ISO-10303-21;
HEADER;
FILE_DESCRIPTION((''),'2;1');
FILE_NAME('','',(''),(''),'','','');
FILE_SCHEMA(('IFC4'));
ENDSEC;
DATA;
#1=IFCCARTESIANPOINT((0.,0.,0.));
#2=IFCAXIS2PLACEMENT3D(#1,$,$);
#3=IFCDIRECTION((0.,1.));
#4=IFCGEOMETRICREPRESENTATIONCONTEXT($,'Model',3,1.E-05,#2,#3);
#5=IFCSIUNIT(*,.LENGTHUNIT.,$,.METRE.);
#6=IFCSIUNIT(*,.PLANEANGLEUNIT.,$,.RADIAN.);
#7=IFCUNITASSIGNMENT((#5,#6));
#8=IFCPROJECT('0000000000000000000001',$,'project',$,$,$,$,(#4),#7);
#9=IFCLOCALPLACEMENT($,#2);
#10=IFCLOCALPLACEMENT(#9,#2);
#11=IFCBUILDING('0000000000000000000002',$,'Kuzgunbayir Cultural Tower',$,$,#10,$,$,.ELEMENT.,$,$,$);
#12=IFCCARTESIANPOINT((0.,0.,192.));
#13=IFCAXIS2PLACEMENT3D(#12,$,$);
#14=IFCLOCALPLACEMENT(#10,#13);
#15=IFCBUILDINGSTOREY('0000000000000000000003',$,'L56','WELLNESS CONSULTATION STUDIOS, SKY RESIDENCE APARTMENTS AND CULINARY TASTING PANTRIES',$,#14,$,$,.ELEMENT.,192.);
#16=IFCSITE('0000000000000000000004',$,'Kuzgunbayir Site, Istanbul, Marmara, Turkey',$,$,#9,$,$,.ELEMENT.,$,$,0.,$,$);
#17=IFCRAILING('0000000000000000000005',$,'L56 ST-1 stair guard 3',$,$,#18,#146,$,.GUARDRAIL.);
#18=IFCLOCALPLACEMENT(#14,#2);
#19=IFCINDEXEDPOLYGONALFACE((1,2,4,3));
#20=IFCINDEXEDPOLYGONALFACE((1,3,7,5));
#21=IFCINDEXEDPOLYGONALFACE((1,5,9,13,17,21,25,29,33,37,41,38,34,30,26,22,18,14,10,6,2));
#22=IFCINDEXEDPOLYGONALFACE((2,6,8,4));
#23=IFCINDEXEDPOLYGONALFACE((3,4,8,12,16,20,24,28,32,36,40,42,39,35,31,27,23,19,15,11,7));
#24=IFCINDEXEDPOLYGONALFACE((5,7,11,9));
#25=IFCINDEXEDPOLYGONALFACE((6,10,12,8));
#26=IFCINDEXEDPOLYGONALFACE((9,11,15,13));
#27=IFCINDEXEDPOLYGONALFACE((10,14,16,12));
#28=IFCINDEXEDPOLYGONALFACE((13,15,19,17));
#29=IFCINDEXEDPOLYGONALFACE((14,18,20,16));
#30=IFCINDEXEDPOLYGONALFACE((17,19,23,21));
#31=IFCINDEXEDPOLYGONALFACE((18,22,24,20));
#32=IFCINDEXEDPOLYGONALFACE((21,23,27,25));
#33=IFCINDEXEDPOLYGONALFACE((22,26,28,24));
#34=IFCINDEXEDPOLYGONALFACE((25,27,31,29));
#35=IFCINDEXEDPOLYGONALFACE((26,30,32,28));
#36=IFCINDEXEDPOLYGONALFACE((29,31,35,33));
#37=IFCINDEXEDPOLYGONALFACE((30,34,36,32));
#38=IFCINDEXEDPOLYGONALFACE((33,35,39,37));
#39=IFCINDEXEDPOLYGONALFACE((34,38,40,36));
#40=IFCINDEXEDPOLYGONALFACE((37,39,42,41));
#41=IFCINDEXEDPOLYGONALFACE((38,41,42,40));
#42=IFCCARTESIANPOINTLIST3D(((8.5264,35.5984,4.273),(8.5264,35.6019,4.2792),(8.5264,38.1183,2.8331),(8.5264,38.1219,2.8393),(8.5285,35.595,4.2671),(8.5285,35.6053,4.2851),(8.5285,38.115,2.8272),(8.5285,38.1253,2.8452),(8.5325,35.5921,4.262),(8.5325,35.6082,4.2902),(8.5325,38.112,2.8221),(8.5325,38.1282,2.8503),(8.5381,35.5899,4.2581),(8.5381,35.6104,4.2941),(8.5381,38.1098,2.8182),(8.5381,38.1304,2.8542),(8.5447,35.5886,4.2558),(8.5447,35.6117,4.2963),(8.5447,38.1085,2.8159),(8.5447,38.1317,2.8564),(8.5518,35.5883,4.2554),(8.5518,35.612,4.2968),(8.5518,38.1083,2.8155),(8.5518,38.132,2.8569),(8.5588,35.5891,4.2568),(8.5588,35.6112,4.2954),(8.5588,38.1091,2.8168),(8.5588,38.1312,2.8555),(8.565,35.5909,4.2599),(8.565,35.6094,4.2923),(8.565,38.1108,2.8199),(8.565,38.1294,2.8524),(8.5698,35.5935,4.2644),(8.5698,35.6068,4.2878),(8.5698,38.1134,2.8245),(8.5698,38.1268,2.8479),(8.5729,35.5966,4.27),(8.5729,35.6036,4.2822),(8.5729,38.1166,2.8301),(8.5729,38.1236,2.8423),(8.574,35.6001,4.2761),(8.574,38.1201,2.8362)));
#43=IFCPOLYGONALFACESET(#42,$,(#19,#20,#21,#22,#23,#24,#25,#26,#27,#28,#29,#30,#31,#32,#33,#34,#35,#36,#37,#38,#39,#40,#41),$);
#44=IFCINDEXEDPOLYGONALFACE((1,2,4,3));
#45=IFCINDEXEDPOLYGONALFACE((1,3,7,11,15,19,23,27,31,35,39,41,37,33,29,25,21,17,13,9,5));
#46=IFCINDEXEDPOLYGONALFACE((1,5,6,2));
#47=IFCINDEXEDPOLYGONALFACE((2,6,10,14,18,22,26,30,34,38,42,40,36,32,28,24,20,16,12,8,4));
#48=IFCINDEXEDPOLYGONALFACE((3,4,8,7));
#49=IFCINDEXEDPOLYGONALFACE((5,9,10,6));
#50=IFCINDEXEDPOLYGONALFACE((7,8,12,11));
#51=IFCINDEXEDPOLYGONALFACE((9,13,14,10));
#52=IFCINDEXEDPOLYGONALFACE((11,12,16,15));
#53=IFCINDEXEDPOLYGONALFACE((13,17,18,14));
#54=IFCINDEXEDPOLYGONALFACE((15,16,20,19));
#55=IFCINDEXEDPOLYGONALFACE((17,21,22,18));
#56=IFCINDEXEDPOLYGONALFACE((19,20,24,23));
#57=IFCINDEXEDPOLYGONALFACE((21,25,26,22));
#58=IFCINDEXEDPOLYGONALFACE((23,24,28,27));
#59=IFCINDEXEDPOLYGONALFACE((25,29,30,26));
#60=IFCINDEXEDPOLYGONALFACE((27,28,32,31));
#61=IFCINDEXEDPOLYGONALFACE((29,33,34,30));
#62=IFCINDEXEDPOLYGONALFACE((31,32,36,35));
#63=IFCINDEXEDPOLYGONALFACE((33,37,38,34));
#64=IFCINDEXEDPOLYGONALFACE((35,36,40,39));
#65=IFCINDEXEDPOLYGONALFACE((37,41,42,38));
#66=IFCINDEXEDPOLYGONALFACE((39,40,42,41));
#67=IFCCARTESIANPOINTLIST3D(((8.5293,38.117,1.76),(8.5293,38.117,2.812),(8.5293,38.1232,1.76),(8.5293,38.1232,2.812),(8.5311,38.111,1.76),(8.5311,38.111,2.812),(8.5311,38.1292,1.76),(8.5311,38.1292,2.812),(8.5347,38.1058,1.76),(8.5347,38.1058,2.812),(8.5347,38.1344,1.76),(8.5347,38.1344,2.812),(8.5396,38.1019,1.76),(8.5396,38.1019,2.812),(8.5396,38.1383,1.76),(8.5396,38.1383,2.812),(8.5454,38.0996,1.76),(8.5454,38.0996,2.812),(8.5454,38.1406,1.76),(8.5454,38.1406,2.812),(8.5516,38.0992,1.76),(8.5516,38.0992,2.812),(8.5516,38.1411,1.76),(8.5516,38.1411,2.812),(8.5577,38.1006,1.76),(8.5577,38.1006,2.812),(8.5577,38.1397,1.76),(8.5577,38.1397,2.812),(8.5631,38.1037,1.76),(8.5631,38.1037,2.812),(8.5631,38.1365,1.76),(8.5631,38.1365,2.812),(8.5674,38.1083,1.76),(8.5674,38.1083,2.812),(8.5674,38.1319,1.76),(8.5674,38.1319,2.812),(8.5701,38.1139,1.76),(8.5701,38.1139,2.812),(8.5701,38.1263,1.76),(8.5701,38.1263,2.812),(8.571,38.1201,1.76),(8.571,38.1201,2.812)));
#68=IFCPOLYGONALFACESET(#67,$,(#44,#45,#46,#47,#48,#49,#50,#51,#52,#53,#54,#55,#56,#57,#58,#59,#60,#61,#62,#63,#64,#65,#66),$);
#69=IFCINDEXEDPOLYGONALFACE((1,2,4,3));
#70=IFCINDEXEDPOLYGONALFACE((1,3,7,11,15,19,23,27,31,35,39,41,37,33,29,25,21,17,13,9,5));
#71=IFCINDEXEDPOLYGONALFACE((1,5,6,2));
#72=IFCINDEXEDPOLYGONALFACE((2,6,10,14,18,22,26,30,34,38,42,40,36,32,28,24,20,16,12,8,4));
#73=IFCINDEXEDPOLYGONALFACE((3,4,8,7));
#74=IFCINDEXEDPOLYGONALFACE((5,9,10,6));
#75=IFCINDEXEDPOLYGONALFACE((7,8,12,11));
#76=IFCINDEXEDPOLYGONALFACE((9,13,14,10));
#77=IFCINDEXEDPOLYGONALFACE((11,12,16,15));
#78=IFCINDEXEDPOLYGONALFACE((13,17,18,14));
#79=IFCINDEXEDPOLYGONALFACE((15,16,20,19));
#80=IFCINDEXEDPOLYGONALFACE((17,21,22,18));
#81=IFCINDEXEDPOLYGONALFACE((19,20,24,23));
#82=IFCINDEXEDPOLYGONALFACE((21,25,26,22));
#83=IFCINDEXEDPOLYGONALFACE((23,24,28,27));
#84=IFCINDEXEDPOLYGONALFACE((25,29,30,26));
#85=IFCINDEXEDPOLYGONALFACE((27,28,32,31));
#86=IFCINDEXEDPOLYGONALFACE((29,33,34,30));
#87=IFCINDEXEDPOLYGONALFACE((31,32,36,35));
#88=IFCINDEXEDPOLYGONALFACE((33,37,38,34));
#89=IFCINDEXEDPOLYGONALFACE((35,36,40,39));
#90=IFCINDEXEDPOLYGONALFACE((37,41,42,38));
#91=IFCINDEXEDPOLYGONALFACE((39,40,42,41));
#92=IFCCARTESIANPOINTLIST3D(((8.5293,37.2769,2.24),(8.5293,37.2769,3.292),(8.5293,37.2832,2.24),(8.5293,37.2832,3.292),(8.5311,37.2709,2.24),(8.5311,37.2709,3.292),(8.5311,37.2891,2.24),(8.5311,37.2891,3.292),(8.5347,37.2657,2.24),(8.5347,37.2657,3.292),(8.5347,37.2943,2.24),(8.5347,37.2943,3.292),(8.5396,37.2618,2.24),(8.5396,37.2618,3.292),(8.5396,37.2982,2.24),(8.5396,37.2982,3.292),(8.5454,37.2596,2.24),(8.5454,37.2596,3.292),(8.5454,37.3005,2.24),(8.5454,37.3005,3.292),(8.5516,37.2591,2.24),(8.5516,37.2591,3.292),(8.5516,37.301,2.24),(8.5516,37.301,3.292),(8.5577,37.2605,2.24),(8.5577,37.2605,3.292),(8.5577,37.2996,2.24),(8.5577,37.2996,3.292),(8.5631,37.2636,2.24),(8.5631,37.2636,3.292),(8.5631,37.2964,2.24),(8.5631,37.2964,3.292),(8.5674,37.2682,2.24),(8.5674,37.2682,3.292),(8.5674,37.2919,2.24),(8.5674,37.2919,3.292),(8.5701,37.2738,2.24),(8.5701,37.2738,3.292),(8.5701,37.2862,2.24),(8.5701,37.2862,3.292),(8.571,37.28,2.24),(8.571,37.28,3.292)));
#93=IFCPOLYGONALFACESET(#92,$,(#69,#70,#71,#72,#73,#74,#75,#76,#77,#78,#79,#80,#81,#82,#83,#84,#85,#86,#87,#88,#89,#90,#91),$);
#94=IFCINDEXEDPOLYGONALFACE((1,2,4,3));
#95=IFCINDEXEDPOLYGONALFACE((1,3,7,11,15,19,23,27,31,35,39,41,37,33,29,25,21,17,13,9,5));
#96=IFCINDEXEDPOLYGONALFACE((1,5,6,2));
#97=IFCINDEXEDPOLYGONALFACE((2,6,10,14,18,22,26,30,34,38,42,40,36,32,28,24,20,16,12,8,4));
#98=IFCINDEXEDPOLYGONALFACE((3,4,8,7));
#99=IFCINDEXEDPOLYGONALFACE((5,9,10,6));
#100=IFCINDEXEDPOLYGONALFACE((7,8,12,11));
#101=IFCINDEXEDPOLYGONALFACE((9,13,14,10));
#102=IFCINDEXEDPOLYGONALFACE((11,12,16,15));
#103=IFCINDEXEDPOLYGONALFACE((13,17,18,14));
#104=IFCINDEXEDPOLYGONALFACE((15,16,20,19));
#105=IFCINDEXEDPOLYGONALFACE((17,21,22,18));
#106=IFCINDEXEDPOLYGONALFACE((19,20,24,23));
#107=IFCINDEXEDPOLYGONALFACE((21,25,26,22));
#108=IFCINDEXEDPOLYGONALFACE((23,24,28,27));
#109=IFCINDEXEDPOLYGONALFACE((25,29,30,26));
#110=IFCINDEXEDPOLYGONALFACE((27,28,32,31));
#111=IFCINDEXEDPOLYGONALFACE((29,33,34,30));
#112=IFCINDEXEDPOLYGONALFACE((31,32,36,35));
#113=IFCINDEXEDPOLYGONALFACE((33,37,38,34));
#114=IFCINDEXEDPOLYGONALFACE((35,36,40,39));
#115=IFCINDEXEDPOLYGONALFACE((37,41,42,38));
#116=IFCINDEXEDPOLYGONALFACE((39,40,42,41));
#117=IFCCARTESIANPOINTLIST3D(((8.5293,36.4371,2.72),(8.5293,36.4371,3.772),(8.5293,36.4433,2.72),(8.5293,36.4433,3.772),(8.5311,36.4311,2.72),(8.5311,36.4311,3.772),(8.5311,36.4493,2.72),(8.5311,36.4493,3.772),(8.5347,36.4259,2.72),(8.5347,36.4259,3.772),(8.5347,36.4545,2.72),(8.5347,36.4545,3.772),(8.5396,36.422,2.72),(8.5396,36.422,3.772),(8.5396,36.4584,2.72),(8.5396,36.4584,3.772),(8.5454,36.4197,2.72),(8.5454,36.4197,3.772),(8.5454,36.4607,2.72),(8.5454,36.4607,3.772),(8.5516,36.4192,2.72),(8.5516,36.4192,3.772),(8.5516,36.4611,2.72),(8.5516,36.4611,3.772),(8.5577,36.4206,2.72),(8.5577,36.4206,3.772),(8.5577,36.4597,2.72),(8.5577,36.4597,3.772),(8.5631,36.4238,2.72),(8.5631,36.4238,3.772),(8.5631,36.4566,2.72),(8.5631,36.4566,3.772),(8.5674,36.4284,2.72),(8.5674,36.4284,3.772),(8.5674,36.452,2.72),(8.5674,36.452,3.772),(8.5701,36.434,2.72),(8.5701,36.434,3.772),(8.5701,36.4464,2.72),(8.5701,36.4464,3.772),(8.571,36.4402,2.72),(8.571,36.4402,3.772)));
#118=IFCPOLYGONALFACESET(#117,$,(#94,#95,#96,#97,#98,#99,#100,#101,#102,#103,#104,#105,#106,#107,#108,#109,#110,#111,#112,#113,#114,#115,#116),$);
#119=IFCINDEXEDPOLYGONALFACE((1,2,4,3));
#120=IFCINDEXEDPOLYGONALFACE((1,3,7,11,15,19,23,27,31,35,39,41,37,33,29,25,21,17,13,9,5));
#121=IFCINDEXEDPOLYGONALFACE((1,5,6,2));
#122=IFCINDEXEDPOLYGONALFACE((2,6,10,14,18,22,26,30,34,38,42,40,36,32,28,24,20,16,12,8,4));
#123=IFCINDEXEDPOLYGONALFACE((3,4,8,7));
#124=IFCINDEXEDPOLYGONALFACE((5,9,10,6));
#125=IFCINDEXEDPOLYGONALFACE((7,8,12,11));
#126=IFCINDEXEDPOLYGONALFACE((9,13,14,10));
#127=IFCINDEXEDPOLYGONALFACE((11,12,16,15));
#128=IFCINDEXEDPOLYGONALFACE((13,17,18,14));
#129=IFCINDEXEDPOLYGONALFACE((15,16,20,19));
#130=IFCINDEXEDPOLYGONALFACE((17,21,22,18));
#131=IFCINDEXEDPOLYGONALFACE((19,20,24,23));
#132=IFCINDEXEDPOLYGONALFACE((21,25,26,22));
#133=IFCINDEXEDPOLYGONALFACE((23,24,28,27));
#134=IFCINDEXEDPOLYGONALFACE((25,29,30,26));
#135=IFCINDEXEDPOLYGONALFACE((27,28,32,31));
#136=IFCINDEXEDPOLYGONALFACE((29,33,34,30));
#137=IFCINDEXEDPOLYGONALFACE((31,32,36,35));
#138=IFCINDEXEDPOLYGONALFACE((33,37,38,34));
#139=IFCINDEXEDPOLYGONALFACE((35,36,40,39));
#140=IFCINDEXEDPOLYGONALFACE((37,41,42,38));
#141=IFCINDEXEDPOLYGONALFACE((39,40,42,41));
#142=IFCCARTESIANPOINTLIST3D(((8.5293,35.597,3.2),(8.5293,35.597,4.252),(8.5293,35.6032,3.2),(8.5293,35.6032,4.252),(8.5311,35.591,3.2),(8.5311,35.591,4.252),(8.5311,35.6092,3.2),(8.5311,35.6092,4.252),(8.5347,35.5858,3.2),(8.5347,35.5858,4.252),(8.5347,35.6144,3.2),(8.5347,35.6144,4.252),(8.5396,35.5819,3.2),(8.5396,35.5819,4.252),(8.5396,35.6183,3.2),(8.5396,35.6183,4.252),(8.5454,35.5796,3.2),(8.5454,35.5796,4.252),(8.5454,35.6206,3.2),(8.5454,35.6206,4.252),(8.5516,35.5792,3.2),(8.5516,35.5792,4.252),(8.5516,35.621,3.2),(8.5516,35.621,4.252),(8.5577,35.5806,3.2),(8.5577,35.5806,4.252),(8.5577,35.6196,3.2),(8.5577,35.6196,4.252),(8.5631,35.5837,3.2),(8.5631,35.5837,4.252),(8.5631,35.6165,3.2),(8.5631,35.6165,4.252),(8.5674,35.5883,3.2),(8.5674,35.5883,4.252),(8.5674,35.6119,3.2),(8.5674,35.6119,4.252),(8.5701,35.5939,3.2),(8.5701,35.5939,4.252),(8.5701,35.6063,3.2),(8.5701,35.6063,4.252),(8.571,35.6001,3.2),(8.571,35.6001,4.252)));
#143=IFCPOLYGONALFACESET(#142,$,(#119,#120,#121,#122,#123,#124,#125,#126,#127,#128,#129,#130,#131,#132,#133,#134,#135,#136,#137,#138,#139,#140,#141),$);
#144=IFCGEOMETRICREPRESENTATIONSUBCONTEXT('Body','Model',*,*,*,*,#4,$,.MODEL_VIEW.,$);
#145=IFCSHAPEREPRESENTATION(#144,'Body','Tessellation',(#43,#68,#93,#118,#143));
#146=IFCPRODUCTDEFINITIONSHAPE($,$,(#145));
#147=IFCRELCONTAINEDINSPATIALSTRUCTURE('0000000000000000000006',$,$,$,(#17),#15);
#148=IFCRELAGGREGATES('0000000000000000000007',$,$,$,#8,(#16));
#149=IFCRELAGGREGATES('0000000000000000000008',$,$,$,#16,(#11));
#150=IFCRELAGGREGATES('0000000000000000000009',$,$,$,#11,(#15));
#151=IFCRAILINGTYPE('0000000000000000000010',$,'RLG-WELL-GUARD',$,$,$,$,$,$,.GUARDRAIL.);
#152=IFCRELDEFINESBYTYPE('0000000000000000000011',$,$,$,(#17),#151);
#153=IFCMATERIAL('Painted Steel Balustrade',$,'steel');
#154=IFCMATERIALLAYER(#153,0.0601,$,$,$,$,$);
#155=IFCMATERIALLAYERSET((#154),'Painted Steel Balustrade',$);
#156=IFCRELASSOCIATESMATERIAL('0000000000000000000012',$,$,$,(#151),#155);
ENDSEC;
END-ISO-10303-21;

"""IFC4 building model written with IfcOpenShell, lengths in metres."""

from ifc_helpers import new_model, si_unit, direction, frame, origin, origin_2d, place, context, subcontext, project, spatial, circle, extrude, material, layer, layer_set, type_object, element, save


model = new_model("IFC4")

# Units and contexts
model_context = context("Model", 3, precision=1e-05, world=origin(), true_north=direction((0.0, 1.0)))
body_context = subcontext(model_context, "Body", "Model", "MODEL_VIEW")
ifc_project = project(units=[si_unit("LENGTHUNIT", "METRE"), si_unit("PLANEANGLEUNIT", "RADIAN")], contexts=[model_context])

# Site, building, storey
site_placement = place(None, origin())
site = spatial("IfcSite", under=ifc_project, at=site_placement, Name="Kuzgunbayir Site, Istanbul, Marmara, Turkey", CompositionType="ELEMENT", RefElevation=0.0)
building_placement = place(site_placement, origin())
building = spatial("IfcBuilding", under=site, at=building_placement, Name="Kuzgunbayir Cultural Tower", CompositionType="ELEMENT")
storey_placement = place(building_placement, frame((0.0, 0.0, 192.0)))
storey = spatial("IfcBuildingStorey", under=building, at=storey_placement, Name="L56", Description="WELLNESS CONSULTATION STUDIOS, SKY RESIDENCE APARTMENTS AND CULINARY TASTING PANTRIES", CompositionType="ELEMENT", Elevation=192.0)

# Railing
ifc_material_1 = material(Name="Painted Steel Balustrade", Category="steel")
ifc_layer_1 = layer(ifc_material_1, 0.0601)
ifc_layer_set_1 = layer_set([ifc_layer_1], Name="Painted Steel Balustrade")
railing_type_1 = type_object("IfcRailingType", Name="RLG-WELL-GUARD", PredefinedType="GUARDRAIL", material=ifc_layer_set_1)
railing_1_placement = place(storey_placement, frame((8.55, 38.1201, 1.76)))
element("IfcRailing", 1, at=railing_1_placement, inside=storey, type_object=railing_type_1, Name="L56 ST-1 stair guard 3", PredefinedType="GUARDRAIL", context=body_context, shape_type="SweptSolid", body=[
    extrude(circle(Radius=0.0239, at=origin_2d()), frame((0.0, 0.0, 1.0762), z_axis=(0.0, -0.868253, 0.496121), x_axis=(1.0, 0.0, 0.0)), (0.0, 0.0, 1.0), 2.9023),
    extrude(circle(Radius=0.021, at=origin_2d()), origin(), (0.0, 0.0, 1.0), 1.052),
    extrude(circle(Radius=0.021, at=origin_2d()), frame((0.0, -0.8401, 0.48)), (0.0, 0.0, 1.0), 1.052),
    extrude(circle(Radius=0.021, at=origin_2d()), frame((0.0, -1.6799, 0.96)), (0.0, 0.0, 1.0), 1.052),
    extrude(circle(Radius=0.021, at=origin_2d()), frame((0.0, -2.52, 1.4399)), (0.0, 0.0, 1.0), 1.052),
])

save(model, "model.ifc")
